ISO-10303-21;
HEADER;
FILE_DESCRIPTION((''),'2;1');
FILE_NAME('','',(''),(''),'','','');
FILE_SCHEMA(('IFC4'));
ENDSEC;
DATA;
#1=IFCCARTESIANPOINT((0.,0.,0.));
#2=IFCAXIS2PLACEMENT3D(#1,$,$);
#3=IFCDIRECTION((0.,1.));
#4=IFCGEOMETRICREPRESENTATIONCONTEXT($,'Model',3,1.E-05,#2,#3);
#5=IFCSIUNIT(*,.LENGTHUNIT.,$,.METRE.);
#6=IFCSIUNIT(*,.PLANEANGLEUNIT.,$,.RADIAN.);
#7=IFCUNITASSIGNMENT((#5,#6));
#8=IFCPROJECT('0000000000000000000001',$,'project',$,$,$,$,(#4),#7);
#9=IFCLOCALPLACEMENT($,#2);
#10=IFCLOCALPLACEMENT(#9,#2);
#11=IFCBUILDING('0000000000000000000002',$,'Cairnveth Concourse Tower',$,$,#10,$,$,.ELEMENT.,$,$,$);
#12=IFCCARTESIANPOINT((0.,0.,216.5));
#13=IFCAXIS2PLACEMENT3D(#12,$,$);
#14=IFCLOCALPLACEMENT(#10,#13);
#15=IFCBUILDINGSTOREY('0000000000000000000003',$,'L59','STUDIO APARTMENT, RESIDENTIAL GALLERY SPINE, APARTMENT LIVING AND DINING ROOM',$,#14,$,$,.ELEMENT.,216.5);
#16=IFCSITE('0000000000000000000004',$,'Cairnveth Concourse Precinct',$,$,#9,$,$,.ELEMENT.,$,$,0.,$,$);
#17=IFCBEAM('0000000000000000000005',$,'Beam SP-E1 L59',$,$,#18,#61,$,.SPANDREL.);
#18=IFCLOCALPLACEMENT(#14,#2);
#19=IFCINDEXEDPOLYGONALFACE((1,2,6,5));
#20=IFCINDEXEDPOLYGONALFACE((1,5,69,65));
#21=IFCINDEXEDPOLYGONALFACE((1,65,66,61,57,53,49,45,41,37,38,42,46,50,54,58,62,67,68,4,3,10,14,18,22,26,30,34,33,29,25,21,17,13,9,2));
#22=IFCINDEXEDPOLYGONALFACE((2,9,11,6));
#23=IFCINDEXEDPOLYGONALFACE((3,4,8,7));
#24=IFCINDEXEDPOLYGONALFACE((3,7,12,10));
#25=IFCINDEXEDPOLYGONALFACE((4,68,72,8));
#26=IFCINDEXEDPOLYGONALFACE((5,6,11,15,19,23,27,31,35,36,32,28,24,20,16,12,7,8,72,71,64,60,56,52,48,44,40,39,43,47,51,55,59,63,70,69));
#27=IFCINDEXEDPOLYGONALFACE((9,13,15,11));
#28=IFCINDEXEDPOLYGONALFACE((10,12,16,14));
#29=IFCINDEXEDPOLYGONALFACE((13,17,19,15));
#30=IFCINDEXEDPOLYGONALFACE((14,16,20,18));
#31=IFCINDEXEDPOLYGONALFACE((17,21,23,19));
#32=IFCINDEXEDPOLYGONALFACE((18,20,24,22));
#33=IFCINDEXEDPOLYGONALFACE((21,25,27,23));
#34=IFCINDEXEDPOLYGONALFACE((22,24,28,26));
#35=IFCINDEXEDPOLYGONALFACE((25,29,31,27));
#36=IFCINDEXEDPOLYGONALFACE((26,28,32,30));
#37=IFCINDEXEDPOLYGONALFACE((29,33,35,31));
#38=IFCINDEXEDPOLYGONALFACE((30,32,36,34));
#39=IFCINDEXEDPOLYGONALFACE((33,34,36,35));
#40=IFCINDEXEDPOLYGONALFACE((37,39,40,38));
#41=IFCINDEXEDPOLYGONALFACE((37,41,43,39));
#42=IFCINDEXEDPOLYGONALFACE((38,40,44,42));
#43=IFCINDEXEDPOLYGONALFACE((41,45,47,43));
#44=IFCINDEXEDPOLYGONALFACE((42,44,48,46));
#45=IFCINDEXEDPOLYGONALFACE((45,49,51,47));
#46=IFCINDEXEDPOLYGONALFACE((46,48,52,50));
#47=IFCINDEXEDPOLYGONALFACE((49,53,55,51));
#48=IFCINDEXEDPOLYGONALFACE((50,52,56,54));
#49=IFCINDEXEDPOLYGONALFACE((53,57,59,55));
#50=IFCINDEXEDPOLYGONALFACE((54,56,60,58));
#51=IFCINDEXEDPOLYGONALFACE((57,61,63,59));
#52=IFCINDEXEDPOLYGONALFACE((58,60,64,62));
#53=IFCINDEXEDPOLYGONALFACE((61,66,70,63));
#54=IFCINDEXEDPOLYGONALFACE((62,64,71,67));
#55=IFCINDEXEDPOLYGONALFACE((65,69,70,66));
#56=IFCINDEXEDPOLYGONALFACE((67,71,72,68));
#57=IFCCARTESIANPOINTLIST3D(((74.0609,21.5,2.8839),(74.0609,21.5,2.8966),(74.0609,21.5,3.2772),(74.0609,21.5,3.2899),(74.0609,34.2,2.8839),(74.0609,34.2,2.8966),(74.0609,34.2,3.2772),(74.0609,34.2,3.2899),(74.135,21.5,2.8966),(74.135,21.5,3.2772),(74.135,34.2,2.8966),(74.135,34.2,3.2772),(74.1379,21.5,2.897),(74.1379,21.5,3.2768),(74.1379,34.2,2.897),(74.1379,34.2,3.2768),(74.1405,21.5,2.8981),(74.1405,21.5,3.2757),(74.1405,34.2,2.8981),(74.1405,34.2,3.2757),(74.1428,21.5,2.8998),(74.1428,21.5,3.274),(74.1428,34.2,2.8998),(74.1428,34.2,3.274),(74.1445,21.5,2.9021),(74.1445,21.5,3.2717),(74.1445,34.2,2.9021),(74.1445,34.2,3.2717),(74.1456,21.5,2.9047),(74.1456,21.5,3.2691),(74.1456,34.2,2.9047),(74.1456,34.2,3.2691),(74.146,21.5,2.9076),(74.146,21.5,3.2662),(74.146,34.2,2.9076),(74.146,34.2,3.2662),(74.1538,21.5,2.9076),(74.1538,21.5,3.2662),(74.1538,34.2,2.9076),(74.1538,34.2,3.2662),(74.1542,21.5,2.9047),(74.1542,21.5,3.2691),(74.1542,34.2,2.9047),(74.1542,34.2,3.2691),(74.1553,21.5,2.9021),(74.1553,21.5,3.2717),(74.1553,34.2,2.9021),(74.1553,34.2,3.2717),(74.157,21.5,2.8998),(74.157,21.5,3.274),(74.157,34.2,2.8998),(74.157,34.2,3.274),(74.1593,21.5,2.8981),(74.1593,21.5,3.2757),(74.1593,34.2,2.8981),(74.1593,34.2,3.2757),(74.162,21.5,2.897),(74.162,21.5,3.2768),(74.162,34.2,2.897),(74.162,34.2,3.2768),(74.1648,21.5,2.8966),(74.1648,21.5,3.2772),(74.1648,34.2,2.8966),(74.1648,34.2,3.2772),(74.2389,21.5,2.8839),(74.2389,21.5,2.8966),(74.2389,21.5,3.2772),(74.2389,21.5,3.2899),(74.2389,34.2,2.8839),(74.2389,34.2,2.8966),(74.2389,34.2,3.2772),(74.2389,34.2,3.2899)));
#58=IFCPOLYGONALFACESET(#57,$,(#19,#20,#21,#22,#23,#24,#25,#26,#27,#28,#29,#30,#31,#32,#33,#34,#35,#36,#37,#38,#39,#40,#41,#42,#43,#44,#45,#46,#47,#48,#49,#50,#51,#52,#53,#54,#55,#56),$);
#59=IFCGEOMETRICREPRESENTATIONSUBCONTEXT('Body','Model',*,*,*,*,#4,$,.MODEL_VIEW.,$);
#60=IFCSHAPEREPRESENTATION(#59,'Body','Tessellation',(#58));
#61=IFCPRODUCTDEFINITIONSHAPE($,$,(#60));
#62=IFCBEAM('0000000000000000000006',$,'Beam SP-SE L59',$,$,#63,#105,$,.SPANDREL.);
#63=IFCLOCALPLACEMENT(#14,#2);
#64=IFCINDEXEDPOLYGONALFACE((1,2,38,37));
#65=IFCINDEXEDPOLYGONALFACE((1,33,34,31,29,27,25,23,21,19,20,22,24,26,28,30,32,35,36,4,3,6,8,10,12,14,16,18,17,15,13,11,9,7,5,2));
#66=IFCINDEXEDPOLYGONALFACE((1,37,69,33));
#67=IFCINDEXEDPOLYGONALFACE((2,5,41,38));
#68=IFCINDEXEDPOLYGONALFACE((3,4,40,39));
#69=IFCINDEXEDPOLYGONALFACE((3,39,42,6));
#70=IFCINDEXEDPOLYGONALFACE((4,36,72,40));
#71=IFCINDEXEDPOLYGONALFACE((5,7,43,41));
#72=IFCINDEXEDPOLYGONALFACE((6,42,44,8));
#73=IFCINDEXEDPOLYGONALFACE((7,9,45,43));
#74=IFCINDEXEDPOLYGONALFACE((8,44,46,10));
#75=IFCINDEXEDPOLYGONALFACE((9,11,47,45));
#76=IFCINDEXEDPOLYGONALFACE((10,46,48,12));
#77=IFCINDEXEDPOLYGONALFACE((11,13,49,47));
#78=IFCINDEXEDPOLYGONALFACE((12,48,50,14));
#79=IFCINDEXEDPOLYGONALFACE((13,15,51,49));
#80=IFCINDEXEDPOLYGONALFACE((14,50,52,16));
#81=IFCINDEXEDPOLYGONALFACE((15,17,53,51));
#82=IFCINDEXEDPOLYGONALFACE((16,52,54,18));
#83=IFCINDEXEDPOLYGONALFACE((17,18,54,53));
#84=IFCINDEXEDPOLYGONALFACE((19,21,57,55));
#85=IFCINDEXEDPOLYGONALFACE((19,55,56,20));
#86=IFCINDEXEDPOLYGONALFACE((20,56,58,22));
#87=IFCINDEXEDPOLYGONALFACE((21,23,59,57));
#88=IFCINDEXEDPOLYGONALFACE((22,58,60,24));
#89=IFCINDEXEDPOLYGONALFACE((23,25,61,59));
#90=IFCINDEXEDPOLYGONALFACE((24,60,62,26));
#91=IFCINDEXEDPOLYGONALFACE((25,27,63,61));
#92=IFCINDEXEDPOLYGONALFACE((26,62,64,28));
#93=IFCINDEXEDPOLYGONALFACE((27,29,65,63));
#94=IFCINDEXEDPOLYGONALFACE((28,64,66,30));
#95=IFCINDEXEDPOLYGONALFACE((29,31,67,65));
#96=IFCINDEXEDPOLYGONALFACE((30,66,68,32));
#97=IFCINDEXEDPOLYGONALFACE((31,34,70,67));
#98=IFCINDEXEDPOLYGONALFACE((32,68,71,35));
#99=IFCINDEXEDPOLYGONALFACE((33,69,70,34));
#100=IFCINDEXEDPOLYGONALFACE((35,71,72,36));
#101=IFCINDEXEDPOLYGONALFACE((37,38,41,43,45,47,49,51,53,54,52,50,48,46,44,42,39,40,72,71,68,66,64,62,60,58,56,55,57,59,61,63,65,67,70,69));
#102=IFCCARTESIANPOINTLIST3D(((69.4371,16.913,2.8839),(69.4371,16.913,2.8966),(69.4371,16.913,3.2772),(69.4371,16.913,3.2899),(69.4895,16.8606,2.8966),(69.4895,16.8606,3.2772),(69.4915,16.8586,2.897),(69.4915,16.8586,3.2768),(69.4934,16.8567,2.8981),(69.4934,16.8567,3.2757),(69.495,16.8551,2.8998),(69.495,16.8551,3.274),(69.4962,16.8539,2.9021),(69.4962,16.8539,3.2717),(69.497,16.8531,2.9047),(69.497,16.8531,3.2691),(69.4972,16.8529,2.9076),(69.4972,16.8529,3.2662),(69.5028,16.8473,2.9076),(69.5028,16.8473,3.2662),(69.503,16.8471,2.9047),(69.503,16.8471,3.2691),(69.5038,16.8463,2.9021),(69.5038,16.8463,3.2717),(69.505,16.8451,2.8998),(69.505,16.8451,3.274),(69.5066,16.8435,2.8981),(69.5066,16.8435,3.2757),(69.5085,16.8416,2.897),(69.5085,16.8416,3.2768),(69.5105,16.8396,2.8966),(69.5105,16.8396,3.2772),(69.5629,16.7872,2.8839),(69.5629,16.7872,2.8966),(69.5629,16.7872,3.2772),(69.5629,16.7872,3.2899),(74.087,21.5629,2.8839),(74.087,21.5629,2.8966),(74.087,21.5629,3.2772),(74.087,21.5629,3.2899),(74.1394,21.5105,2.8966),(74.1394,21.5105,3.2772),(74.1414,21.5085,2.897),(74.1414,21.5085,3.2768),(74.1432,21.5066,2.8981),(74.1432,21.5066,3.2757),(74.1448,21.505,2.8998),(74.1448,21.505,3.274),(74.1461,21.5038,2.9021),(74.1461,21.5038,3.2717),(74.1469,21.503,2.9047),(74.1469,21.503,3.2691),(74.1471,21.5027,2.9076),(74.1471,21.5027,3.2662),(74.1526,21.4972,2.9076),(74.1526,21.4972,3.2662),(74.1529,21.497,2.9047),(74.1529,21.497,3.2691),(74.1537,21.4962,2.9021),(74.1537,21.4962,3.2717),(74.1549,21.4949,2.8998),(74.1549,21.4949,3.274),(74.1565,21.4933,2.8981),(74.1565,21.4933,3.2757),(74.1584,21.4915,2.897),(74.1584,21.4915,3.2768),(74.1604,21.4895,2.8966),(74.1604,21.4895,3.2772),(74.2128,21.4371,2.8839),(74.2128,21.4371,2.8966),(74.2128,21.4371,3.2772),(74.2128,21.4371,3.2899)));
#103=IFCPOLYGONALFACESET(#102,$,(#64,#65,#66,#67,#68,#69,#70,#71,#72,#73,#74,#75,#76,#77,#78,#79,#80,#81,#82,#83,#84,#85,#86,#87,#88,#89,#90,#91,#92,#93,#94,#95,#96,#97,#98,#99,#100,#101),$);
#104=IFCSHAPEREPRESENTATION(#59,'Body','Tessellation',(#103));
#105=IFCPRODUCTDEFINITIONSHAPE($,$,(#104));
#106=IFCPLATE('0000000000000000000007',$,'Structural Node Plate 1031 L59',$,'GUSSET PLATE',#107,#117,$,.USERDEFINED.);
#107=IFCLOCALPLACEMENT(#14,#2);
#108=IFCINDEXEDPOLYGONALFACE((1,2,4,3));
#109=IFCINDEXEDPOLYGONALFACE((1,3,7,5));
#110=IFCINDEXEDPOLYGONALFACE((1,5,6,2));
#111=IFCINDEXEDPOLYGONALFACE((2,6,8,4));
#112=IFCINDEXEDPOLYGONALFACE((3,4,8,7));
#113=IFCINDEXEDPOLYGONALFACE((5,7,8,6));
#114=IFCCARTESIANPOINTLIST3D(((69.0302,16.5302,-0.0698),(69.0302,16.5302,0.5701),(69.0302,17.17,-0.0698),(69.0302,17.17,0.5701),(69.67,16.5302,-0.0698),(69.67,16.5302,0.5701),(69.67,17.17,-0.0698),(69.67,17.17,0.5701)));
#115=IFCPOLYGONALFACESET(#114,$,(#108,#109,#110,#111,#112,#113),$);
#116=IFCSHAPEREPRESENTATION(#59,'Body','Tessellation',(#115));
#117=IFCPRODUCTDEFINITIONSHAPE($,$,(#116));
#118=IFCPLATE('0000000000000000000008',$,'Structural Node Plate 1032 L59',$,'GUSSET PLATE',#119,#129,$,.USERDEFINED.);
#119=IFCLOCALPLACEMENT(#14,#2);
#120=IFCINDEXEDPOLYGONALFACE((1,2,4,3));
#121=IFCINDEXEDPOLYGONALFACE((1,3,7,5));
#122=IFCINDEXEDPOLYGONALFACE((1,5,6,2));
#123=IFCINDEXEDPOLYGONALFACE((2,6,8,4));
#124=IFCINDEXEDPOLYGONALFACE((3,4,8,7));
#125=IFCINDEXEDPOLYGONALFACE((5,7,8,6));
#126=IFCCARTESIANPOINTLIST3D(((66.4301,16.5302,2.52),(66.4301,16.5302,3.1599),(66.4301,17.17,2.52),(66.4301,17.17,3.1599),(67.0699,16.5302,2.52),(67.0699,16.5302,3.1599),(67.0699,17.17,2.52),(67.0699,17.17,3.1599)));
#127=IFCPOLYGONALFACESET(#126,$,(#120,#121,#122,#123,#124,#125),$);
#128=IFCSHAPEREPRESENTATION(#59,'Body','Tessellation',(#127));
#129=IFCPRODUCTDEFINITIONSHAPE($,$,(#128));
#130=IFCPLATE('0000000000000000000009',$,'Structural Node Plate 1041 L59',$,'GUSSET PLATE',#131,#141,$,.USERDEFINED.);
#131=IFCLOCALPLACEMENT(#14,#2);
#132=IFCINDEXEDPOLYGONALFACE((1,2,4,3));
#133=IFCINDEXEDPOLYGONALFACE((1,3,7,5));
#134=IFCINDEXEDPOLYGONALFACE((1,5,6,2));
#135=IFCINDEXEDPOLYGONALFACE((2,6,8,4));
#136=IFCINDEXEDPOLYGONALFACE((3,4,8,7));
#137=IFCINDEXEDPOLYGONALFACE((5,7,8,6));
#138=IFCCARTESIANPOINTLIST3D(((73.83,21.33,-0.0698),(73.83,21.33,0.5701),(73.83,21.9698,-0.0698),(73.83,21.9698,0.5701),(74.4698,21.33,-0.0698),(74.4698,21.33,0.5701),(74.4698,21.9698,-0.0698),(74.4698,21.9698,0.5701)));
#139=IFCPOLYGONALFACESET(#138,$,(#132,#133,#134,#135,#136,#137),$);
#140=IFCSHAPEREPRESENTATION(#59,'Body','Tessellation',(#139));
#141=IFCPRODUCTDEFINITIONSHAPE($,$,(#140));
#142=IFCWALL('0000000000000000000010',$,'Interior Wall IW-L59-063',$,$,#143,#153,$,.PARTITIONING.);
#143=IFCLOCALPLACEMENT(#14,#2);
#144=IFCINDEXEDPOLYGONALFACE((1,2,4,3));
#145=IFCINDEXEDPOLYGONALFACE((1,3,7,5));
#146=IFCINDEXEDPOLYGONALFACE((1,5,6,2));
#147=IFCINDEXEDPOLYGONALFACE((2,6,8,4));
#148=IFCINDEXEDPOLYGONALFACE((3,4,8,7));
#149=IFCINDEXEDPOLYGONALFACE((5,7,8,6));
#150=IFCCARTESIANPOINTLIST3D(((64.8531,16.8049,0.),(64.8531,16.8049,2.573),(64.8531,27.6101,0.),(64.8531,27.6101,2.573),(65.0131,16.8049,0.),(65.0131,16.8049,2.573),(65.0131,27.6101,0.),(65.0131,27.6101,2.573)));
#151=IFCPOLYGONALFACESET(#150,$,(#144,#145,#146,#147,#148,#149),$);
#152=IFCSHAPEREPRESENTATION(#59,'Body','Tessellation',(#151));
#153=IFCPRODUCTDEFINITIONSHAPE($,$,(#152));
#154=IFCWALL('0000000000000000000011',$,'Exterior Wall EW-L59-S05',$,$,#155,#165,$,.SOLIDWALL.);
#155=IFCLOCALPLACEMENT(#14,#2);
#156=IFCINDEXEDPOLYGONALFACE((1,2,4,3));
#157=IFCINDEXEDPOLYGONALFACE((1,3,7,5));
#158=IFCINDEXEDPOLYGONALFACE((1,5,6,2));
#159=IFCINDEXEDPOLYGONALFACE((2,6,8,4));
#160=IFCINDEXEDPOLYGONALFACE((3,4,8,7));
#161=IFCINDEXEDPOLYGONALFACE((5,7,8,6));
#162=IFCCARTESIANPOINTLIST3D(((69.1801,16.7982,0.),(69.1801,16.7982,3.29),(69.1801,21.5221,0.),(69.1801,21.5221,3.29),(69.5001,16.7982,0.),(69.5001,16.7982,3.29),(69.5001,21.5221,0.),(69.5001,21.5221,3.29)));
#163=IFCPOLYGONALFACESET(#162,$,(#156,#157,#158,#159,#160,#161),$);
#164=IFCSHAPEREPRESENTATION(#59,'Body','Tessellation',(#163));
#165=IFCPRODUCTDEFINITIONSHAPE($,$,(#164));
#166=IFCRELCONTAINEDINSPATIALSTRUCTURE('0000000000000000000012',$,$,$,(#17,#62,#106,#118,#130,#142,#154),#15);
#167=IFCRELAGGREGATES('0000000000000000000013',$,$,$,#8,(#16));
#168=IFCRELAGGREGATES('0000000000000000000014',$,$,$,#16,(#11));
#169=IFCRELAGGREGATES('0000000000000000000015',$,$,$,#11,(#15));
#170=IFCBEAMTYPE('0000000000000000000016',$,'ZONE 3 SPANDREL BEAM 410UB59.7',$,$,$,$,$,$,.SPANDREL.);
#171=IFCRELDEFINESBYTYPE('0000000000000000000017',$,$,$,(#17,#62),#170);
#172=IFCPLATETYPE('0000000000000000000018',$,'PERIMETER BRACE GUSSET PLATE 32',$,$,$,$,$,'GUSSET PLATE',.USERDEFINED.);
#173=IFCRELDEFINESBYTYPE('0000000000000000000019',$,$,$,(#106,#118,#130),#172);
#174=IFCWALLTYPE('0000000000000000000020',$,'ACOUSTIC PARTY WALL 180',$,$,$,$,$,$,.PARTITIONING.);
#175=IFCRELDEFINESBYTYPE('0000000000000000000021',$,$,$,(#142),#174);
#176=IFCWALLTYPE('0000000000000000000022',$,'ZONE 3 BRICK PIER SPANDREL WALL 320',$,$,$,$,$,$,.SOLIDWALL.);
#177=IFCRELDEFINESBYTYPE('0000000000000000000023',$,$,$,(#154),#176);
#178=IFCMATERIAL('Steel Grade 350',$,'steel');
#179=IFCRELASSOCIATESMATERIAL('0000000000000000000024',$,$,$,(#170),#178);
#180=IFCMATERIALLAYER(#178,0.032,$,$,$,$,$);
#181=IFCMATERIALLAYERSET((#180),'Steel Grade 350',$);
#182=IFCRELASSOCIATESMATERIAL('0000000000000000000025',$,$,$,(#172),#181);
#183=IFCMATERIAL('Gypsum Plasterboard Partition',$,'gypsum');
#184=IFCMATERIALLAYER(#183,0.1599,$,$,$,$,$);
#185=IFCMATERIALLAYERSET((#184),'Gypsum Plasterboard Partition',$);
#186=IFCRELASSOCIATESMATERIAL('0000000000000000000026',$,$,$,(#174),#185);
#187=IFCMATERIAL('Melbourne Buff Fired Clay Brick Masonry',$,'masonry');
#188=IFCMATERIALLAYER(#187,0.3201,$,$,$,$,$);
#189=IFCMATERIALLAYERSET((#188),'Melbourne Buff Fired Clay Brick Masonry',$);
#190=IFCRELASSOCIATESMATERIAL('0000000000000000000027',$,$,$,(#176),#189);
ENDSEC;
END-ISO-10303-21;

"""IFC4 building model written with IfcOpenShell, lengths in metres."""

from ifc_helpers import new_model, si_unit, direction, frame, frame_2d, origin, origin_2d, place, context, subcontext, project, spatial, rectangle, i_section, extrude, material, layer, layer_set, material_profile, profile_set, type_object, element, save


model = new_model("IFC4")

# Units and contexts
model_context = context("Model", 3, precision=1e-05, world=origin(), true_north=direction((0.0, 1.0)))
body_context = subcontext(model_context, "Body", "Model", "MODEL_VIEW")
ifc_project = project(units=[si_unit("LENGTHUNIT", "METRE"), si_unit("PLANEANGLEUNIT", "RADIAN")], contexts=[model_context])

# Site, building, storey
site_placement = place(None, origin())
site = spatial("IfcSite", under=ifc_project, at=site_placement, Name="Cairnveth Concourse Precinct", CompositionType="ELEMENT", RefElevation=0.0)
building_placement = place(site_placement, origin())
building = spatial("IfcBuilding", under=site, at=building_placement, Name="Cairnveth Concourse Tower", CompositionType="ELEMENT")
storey_placement = place(building_placement, frame((0.0, 0.0, 216.5)))
storey = spatial("IfcBuildingStorey", under=building, at=storey_placement, Name="L59", Description="STUDIO APARTMENT, RESIDENTIAL GALLERY SPINE, APARTMENT LIVING AND DINING ROOM", CompositionType="ELEMENT", Elevation=216.5)

# Shared definitions
ifc_material_1 = material(Name="Steel Grade 350", Category="steel")

# Beams
ifc_material_profile_1 = material_profile(ifc_material_1, i_section(OverallWidth=0.178, OverallDepth=0.406, WebThickness=0.0078, FlangeThickness=0.0127, FilletRadius=0.011, at=origin_2d()), Name="410UB59.7")
ifc_profile_set_1 = profile_set([ifc_material_profile_1], Name="Steel Grade 350")
beam_type_1 = type_object("IfcBeamType", Name="ZONE 3 SPANDREL BEAM 410UB59.7", PredefinedType="SPANDREL", material=ifc_profile_set_1)
beam_1_placement = place(storey_placement, frame((74.1499, 21.5, 3.0869), z_axis=(0.0, 1.0, 0.0), x_axis=(-1.0, 0.0, 0.0)))
element("IfcBeam", 1, at=beam_1_placement, inside=storey, type_object=beam_type_1, Name="Beam SP-E1 L59", PredefinedType="SPANDREL", context=body_context, shape_type="SweptSolid", body=[
    extrude(i_section(OverallWidth=0.178, OverallDepth=0.406, WebThickness=0.0078, FlangeThickness=0.0127, FilletRadius=0.011, at=origin_2d()), origin(), (0.0, 0.0, 1.0), 12.7),
])
beam_2_placement = place(storey_placement, frame((69.5, 16.8501, 3.0869), z_axis=(0.707107, 0.707107, 0.0), x_axis=(-0.707107, 0.707107, 0.0)))
element("IfcBeam", 2, at=beam_2_placement, inside=storey, type_object=beam_type_1, Name="Beam SP-SE L59", PredefinedType="SPANDREL", context=body_context, shape_type="SweptSolid", body=[
    extrude(i_section(OverallWidth=0.178, OverallDepth=0.406, WebThickness=0.0078, FlangeThickness=0.0127, FilletRadius=0.011, at=origin_2d()), origin(), (0.0, 0.0, 1.0), 6.5759),
])

# Plates
ifc_layer_1 = layer(ifc_material_1, 0.032)
ifc_layer_set_1 = layer_set([ifc_layer_1], Name="Steel Grade 350")
plate_type = type_object("IfcPlateType", Name="PERIMETER BRACE GUSSET PLATE 32", ElementType="GUSSET PLATE", PredefinedType="USERDEFINED", material=ifc_layer_set_1)
for number, where, z_axis, x_axis, name in (
    (3, (69.3501, 16.8501, -0.0698), (0.0, 0.0, 1.0), (1.0, 0.0, 0.0), "Structural Node Plate 1031 L59"),
    (4, (66.75, 16.8501, 2.52), (0.0, 0.0, 1.0), (1.0, 0.0, 0.0), "Structural Node Plate 1032 L59"),
    (5, (74.1499, 21.6499, -0.0698), (0.0, 0.0, 1.0), (1.0, 0.0, 0.0), "Structural Node Plate 1041 L59"),
):
    element("IfcPlate", number, at=place(storey_placement, frame(where, z_axis=z_axis, x_axis=x_axis)), inside=storey, type_object=plate_type, Name=name, ObjectType="GUSSET PLATE", PredefinedType="USERDEFINED", context=body_context, shape_type="SweptSolid", body=[
        extrude(rectangle(XDim=0.6399, YDim=0.6399, at=origin_2d()), origin(), (0.0, 0.0, 1.0), 0.6399),
    ])

# Walls
ifc_material_2 = material(Name="Gypsum Plasterboard Partition", Category="gypsum")
ifc_layer_2 = layer(ifc_material_2, 0.1599)
ifc_layer_set_2 = layer_set([ifc_layer_2], Name="Gypsum Plasterboard Partition")
wall_type_1 = type_object("IfcWallType", Name="ACOUSTIC PARTY WALL 180", PredefinedType="PARTITIONING", material=ifc_layer_set_2)
wall_1_placement = place(storey_placement, frame((64.9331, 16.8049, 0.0), z_axis=(0.0, 0.0, 1.0), x_axis=(0.0, 1.0, 0.0)))
element("IfcWall", 6, at=wall_1_placement, inside=storey, type_object=wall_type_1, Name="Interior Wall IW-L59-063", PredefinedType="PARTITIONING", context=body_context, shape_type="SweptSolid", body=[
    extrude(rectangle(XDim=10.8052, YDim=0.1599, at=frame_2d((5.4026, 0.0))), origin(), (0.0, 0.0, 1.0), 2.573),
])
ifc_material_3 = material(Name="Melbourne Buff Fired Clay Brick Masonry", Category="masonry")
ifc_layer_3 = layer(ifc_material_3, 0.3201)
ifc_layer_set_3 = layer_set([ifc_layer_3], Name="Melbourne Buff Fired Clay Brick Masonry")
wall_type_2 = type_object("IfcWallType", Name="ZONE 3 BRICK PIER SPANDREL WALL 320", PredefinedType="SOLIDWALL", material=ifc_layer_set_3)
wall_2_placement = place(storey_placement, frame((69.3401, 21.522, 0.0), z_axis=(0.0, 0.0, 1.0), x_axis=(0.0, -1.0, 0.0)))
element("IfcWall", 7, at=wall_2_placement, inside=storey, type_object=wall_type_2, Name="Exterior Wall EW-L59-S05", PredefinedType="SOLIDWALL", context=body_context, shape_type="SweptSolid", body=[
    extrude(rectangle(XDim=4.7239, YDim=0.3201, at=frame_2d((2.3618, 0.0))), origin(), (0.0, 0.0, 1.0), 3.29),
])

save(model, "model.ifc")
